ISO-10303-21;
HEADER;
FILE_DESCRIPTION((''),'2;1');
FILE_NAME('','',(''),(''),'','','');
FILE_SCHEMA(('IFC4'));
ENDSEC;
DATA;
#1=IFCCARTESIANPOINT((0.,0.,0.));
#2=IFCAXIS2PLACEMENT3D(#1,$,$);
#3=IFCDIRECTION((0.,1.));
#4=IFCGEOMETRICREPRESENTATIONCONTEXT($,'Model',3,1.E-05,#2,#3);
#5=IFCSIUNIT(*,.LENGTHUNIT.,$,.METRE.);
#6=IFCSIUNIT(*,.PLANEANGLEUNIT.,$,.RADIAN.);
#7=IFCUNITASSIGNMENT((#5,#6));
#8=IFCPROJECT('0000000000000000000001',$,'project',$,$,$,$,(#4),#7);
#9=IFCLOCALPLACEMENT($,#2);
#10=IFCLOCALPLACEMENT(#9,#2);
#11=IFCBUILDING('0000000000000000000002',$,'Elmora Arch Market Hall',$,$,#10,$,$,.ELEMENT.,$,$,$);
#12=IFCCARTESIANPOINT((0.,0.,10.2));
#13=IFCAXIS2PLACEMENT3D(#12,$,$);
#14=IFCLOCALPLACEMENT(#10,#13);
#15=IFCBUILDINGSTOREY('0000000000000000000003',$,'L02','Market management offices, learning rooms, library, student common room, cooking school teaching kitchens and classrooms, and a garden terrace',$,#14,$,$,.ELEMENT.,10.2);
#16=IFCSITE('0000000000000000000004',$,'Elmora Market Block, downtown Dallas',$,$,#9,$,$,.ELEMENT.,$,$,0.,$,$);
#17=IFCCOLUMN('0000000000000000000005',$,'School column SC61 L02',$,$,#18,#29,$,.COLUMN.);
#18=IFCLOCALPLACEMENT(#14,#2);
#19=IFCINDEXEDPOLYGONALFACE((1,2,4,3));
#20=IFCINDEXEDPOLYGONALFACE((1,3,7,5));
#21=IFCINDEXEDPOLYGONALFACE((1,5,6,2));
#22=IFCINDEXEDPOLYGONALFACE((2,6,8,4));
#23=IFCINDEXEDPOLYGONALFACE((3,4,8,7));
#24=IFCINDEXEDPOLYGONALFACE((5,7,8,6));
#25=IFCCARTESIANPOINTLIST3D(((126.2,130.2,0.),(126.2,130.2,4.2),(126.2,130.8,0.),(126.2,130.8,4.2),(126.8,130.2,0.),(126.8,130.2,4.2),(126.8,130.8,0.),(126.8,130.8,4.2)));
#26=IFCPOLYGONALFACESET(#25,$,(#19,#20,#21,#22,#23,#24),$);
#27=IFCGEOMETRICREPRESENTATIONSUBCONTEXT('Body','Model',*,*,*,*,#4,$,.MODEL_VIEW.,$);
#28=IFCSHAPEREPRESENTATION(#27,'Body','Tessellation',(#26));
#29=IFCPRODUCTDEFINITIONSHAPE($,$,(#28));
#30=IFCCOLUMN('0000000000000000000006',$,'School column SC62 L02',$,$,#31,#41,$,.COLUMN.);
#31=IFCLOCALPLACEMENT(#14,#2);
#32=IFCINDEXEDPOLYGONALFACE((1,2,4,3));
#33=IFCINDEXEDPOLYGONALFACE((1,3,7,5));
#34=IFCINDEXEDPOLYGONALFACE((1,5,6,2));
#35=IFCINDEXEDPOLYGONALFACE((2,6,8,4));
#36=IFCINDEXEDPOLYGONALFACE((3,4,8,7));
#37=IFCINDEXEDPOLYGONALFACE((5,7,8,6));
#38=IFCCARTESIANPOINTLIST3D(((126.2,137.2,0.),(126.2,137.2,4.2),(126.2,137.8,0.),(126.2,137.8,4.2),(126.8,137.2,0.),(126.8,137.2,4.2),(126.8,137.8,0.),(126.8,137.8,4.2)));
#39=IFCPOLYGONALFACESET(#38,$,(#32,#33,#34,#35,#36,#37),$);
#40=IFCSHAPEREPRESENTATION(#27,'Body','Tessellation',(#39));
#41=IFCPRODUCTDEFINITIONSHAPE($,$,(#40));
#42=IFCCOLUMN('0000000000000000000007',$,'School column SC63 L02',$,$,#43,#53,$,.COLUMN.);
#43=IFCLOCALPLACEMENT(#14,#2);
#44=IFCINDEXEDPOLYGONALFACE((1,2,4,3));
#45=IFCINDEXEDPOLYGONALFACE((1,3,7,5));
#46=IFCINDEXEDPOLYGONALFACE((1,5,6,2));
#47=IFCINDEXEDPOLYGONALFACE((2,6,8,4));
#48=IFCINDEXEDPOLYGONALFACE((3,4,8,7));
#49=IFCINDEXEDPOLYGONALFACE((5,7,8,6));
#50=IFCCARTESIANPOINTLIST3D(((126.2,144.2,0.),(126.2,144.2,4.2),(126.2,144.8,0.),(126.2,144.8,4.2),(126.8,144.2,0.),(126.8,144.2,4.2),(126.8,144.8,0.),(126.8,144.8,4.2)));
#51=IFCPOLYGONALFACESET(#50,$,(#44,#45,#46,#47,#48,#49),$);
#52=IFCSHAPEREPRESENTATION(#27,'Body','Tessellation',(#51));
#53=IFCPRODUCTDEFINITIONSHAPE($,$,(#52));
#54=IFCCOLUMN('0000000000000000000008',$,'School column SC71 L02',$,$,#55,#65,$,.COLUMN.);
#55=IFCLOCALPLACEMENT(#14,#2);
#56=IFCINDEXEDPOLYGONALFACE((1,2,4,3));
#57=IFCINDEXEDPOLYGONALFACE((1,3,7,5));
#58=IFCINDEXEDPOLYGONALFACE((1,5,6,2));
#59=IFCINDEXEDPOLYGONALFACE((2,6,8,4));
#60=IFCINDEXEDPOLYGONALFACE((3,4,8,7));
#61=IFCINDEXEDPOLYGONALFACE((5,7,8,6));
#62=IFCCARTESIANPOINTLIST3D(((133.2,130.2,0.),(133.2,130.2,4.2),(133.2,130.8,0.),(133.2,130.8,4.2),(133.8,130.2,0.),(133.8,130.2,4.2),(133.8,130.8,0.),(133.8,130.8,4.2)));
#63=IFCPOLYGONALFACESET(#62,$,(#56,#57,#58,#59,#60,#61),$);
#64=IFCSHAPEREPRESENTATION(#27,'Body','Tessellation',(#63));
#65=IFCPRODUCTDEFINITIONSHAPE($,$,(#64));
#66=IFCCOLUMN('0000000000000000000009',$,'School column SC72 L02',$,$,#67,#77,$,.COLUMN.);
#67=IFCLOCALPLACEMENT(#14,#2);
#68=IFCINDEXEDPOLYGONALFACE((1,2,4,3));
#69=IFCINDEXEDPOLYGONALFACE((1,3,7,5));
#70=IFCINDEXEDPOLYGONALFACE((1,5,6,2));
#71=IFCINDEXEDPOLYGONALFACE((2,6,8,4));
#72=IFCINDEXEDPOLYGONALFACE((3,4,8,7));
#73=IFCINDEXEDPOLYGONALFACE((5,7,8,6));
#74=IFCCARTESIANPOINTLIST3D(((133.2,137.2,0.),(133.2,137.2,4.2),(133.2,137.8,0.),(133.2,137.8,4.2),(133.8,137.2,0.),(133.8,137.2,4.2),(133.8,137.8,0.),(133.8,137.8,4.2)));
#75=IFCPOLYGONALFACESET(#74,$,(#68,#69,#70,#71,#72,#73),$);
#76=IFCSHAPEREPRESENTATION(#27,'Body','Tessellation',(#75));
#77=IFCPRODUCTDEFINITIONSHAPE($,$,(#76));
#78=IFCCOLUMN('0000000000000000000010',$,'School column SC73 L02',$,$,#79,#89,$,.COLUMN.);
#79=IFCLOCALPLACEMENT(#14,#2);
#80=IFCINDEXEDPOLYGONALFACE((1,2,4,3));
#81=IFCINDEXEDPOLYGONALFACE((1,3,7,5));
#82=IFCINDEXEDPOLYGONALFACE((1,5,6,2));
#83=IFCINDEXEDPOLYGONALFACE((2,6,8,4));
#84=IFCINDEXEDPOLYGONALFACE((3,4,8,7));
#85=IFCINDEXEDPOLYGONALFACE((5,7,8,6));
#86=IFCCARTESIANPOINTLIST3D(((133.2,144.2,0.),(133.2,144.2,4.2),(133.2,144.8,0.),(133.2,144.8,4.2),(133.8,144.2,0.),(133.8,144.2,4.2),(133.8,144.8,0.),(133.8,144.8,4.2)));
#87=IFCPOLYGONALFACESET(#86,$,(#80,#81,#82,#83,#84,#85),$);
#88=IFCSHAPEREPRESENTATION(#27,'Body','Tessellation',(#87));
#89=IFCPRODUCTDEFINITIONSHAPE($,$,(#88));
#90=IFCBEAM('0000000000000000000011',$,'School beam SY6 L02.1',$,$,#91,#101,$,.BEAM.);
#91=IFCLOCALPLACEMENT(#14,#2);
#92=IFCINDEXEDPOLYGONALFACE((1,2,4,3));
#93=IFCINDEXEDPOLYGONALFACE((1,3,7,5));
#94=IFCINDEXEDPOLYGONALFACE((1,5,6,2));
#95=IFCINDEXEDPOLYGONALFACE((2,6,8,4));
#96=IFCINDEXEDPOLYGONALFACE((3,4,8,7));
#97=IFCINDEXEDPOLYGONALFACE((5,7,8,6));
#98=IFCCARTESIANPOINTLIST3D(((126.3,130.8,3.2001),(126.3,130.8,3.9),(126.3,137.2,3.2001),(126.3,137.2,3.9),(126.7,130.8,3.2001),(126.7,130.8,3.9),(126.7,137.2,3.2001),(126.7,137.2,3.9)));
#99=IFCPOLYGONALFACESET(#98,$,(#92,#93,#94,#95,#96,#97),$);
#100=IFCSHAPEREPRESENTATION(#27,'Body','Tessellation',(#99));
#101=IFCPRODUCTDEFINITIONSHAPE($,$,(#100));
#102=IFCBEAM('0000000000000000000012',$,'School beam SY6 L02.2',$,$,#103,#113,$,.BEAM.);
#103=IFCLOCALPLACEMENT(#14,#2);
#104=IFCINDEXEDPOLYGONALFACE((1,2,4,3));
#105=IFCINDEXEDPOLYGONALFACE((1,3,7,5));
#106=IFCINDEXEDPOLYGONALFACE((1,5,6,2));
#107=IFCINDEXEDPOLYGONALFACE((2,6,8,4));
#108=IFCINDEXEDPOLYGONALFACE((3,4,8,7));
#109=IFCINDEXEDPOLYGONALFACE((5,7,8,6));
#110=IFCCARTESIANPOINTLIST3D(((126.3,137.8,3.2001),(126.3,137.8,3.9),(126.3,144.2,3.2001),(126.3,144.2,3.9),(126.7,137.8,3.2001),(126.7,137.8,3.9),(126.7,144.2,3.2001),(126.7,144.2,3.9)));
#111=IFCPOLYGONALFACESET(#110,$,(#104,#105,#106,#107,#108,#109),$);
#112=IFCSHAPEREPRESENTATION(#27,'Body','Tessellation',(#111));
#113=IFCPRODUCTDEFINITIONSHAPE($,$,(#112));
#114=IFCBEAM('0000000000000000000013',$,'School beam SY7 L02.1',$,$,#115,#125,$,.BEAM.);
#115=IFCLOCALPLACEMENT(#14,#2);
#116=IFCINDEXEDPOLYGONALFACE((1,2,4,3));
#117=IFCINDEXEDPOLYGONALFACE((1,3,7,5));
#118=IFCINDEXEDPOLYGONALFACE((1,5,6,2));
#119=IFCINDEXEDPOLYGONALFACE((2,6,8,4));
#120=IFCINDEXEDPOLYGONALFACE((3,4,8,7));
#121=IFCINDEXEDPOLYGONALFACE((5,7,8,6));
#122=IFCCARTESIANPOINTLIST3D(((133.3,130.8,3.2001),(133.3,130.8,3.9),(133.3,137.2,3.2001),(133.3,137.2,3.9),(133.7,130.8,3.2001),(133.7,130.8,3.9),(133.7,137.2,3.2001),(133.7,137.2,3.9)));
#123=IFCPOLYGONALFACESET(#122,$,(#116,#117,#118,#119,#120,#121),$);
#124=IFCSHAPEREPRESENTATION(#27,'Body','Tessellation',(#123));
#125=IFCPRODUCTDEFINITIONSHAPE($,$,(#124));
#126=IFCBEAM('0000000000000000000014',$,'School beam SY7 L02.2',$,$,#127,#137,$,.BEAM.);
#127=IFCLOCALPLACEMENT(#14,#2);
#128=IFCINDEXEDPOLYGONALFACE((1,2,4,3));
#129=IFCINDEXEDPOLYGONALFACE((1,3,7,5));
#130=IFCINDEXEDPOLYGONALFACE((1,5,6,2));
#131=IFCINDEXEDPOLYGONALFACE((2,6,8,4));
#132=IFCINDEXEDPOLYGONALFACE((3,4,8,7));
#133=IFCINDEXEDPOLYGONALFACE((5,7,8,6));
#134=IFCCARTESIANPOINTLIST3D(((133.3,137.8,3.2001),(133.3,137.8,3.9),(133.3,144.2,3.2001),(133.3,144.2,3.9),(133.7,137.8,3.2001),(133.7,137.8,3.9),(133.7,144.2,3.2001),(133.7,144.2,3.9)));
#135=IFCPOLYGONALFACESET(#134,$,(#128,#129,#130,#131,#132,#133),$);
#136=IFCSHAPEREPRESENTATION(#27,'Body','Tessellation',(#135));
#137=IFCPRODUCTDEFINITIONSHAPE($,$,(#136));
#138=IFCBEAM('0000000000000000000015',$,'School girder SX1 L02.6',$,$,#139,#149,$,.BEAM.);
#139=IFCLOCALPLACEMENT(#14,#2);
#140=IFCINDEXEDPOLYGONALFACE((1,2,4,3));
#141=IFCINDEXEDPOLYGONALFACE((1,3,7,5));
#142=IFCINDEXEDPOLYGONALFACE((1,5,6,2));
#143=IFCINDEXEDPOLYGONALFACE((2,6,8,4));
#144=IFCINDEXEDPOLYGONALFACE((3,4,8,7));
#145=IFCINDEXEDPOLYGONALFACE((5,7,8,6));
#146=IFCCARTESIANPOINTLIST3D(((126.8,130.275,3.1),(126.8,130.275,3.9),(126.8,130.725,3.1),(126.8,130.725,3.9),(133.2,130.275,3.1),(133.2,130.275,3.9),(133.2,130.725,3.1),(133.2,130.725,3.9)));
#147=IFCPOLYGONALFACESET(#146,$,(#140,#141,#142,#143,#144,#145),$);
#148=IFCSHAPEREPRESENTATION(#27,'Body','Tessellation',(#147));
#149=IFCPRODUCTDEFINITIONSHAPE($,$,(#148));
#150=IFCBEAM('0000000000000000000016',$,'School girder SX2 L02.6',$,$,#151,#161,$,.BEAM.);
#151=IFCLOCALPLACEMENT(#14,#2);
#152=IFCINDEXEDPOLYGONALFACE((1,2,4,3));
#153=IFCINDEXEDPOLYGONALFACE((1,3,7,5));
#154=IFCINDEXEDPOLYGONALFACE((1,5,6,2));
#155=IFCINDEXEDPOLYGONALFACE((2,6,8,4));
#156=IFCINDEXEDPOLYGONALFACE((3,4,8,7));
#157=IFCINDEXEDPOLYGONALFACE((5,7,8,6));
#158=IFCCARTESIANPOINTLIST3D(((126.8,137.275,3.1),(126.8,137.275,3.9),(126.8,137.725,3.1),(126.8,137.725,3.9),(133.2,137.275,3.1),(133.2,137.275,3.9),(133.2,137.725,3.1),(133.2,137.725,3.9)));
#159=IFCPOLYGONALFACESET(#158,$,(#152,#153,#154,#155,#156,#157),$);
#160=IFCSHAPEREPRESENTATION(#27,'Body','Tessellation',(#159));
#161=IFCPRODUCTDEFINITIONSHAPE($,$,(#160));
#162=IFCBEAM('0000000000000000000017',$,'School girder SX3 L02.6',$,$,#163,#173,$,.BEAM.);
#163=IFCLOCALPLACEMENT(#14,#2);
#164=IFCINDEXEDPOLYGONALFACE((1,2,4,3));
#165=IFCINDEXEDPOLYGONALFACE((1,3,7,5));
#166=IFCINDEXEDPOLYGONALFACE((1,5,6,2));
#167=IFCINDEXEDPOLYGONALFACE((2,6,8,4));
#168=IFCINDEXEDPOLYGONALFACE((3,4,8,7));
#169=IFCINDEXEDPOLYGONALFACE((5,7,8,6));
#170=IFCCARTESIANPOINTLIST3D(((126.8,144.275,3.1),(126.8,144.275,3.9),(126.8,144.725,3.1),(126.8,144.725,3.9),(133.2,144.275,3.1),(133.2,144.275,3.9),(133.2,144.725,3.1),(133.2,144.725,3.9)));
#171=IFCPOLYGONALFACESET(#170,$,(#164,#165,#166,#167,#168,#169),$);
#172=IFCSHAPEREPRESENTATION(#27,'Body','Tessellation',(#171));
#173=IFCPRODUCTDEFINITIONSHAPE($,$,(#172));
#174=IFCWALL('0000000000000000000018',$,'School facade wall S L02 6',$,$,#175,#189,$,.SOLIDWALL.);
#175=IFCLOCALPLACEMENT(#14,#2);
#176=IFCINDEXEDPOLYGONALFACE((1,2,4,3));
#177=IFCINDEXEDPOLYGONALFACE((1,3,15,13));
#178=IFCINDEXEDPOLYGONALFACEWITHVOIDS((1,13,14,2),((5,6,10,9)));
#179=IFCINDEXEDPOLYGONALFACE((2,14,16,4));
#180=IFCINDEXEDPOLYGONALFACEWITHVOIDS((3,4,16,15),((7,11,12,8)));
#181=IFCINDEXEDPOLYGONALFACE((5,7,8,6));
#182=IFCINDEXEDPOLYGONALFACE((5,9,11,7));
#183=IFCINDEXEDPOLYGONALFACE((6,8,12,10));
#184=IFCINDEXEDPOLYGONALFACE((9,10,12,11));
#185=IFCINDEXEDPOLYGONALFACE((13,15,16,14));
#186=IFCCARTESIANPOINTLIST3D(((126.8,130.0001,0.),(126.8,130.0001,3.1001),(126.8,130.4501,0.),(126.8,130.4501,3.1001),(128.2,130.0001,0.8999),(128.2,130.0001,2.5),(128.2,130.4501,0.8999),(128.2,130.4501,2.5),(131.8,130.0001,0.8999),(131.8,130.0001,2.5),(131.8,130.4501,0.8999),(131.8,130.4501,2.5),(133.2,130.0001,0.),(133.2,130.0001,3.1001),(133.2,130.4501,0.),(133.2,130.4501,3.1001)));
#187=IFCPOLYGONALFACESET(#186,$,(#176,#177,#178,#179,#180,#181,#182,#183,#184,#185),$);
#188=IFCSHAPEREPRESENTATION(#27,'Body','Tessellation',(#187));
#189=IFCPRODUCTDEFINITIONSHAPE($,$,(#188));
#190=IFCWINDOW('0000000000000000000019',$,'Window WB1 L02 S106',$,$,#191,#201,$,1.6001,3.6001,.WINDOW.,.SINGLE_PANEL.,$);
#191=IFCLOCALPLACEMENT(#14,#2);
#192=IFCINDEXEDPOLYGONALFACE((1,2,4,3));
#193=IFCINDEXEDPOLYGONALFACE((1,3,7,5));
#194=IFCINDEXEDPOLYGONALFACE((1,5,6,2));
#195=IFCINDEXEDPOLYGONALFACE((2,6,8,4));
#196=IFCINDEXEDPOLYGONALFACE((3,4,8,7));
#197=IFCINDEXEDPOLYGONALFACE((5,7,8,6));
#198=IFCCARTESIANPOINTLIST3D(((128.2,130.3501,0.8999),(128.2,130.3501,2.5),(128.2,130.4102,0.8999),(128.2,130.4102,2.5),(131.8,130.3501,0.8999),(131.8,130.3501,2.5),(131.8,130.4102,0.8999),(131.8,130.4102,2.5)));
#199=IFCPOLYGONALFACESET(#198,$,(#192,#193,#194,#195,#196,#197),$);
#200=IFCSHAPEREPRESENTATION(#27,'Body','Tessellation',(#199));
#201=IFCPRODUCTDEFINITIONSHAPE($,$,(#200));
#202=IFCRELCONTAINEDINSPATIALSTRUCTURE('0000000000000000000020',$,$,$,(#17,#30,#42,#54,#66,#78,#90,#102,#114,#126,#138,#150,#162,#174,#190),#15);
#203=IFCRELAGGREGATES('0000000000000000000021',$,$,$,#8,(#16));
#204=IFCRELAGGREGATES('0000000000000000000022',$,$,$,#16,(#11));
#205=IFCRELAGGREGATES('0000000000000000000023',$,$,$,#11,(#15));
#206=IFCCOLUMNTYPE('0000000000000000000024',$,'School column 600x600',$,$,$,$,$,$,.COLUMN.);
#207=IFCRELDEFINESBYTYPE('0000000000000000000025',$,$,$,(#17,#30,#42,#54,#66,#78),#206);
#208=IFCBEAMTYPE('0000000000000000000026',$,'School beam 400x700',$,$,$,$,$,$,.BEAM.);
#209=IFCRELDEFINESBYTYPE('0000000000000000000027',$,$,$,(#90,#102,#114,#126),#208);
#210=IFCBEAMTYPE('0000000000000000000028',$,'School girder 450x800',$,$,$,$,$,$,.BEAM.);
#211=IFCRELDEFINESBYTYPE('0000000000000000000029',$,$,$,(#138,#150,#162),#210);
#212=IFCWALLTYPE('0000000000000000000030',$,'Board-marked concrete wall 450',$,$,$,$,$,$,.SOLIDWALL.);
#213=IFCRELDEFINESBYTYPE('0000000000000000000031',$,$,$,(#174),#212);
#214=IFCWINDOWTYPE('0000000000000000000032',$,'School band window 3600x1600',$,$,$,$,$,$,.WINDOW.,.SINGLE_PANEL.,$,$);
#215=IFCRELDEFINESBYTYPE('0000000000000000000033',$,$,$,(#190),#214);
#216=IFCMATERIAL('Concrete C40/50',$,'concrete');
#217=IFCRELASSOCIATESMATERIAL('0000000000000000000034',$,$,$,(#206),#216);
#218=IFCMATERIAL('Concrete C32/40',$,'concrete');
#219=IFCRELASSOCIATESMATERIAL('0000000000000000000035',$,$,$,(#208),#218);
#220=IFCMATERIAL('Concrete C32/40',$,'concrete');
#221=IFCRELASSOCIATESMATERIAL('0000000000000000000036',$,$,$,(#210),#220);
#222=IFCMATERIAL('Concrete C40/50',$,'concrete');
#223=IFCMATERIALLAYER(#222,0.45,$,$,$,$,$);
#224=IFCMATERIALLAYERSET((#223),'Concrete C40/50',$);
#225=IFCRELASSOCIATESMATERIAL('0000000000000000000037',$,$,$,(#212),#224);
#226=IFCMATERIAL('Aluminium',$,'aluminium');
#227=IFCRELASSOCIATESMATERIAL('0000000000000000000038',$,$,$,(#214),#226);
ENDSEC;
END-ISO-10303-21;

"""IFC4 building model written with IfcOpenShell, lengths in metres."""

from ifc_helpers import new_model, si_unit, direction, frame, frame_2d, origin, origin_2d, place, context, subcontext, project, spatial, rectangle, extrude, material, layer, layer_set, material_profile, profile_set, type_object, element, fill, save


model = new_model("IFC4")

# Units and contexts
model_context = context("Model", 3, precision=1e-05, world=origin(), true_north=direction((0.0, 1.0)))
body_context = subcontext(model_context, "Body", "Model", "MODEL_VIEW")
ifc_project = project(units=[si_unit("LENGTHUNIT", "METRE"), si_unit("PLANEANGLEUNIT", "RADIAN")], contexts=[model_context])

# Site, building, storey
site_placement = place(None, origin())
site = spatial("IfcSite", under=ifc_project, at=site_placement, Name="Elmora Market Block, downtown Dallas", CompositionType="ELEMENT", RefElevation=0.0)
building_placement = place(site_placement, origin())
building = spatial("IfcBuilding", under=site, at=building_placement, Name="Elmora Arch Market Hall", CompositionType="ELEMENT")
storey_placement = place(building_placement, frame((0.0, 0.0, 10.2)))
storey = spatial("IfcBuildingStorey", under=building, at=storey_placement, Name="L02", Description="Market management offices, learning rooms, library, student common room, cooking school teaching kitchens and classrooms, and a garden terrace", CompositionType="ELEMENT", Elevation=10.2)

# Columns
ifc_material_1 = material(Name="Concrete C40/50", Category="concrete")
ifc_material_profile_1 = material_profile(ifc_material_1, rectangle(XDim=0.6001, YDim=0.6001, at=origin_2d()), Name="School column 600x600")
ifc_profile_set_1 = profile_set([ifc_material_profile_1], Name="Concrete C40/50")
column_type = type_object("IfcColumnType", Name="School column 600x600", PredefinedType="COLUMN", material=ifc_profile_set_1)
for number, where, z_axis, x_axis, name in (
    (1, (126.5, 130.5, 0.0), (0.0, 0.0, 1.0), (1.0, 0.0, 0.0), "School column SC61 L02"),
    (2, (126.5, 137.5, 0.0), (0.0, 0.0, 1.0), (1.0, 0.0, 0.0), "School column SC62 L02"),
    (3, (126.5, 144.5, 0.0), (0.0, 0.0, 1.0), (1.0, 0.0, 0.0), "School column SC63 L02"),
    (4, (133.5, 130.5, 0.0), (0.0, 0.0, 1.0), (1.0, 0.0, 0.0), "School column SC71 L02"),
    (5, (133.5, 137.5, 0.0), (0.0, 0.0, 1.0), (1.0, 0.0, 0.0), "School column SC72 L02"),
    (6, (133.5, 144.5, 0.0), (0.0, 0.0, 1.0), (1.0, 0.0, 0.0), "School column SC73 L02"),
):
    element("IfcColumn", number, at=place(storey_placement, frame(where, z_axis=z_axis, x_axis=x_axis)), inside=storey, type_object=column_type, Name=name, PredefinedType="COLUMN", context=body_context, shape_type="SweptSolid", body=[
        extrude(rectangle(XDim=0.6001, YDim=0.6001, at=origin_2d()), origin(), (0.0, 0.0, 1.0), 4.2),
    ])

# Beams
ifc_material_2 = material(Name="Concrete C32/40", Category="concrete")
ifc_material_profile_2 = material_profile(ifc_material_2, rectangle(XDim=0.3999, YDim=0.7, at=origin_2d()), Name="School beam 400x700")
ifc_profile_set_2 = profile_set([ifc_material_profile_2], Name="Concrete C32/40")
beam_type_1 = type_object("IfcBeamType", Name="School beam 400x700", PredefinedType="BEAM", material=ifc_profile_set_2)
for number, where, z_axis, x_axis, name in (
    (7, (126.5, 130.8, 3.55), (0.0, 1.0, 0.0), (-1.0, 0.0, 0.0), "School beam SY6 L02.1"),
    (8, (126.5, 137.8, 3.55), (0.0, 1.0, 0.0), (-1.0, 0.0, 0.0), "School beam SY6 L02.2"),
    (9, (133.5, 130.8, 3.55), (0.0, 1.0, 0.0), (-1.0, 0.0, 0.0), "School beam SY7 L02.1"),
    (10, (133.5, 137.8, 3.55), (0.0, 1.0, 0.0), (-1.0, 0.0, 0.0), "School beam SY7 L02.2"),
):
    element("IfcBeam", number, at=place(storey_placement, frame(where, z_axis=z_axis, x_axis=x_axis)), inside=storey, type_object=beam_type_1, Name=name, PredefinedType="BEAM", context=body_context, shape_type="SweptSolid", body=[
        extrude(rectangle(XDim=0.3999, YDim=0.7, at=origin_2d()), origin(), (0.0, 0.0, 1.0), 6.3999),
    ])
ifc_material_3 = material(Name="Concrete C32/40", Category="concrete")
ifc_material_profile_3 = material_profile(ifc_material_3, rectangle(XDim=0.45, YDim=0.8, at=origin_2d()), Name="School girder 450x800")
ifc_profile_set_3 = profile_set([ifc_material_profile_3], Name="Concrete C32/40")
beam_type_2 = type_object("IfcBeamType", Name="School girder 450x800", PredefinedType="BEAM", material=ifc_profile_set_3)
for number, where, z_axis, x_axis, name in (
    (11, (126.8, 130.5, 3.5), (1.0, 0.0, 0.0), (0.0, 1.0, 0.0), "School girder SX1 L02.6"),
    (12, (126.8, 137.5, 3.5), (1.0, 0.0, 0.0), (0.0, 1.0, 0.0), "School girder SX2 L02.6"),
    (13, (126.8, 144.5, 3.5), (1.0, 0.0, 0.0), (0.0, 1.0, 0.0), "School girder SX3 L02.6"),
):
    element("IfcBeam", number, at=place(storey_placement, frame(where, z_axis=z_axis, x_axis=x_axis)), inside=storey, type_object=beam_type_2, Name=name, PredefinedType="BEAM", context=body_context, shape_type="SweptSolid", body=[
        extrude(rectangle(XDim=0.45, YDim=0.8, at=origin_2d()), origin(), (0.0, 0.0, 1.0), 6.3999),
    ])

# Wall, opening, window
ifc_material_4 = material(Name="Concrete C40/50", Category="concrete")
ifc_layer_1 = layer(ifc_material_4, 0.45)
ifc_layer_set_1 = layer_set([ifc_layer_1], Name="Concrete C40/50")
wall_type_1 = type_object("IfcWallType", Name="Board-marked concrete wall 450", PredefinedType="SOLIDWALL", material=ifc_layer_set_1)
wall_1_placement = place(storey_placement, frame((133.2, 130.2251, 0.0), z_axis=(0.0, 0.0, 1.0), x_axis=(-1.0, 0.0, 0.0)))
wall_1 = element("IfcWall", 14, at=wall_1_placement, inside=storey, type_object=wall_type_1, Name="School facade wall S L02 6", PredefinedType="SOLIDWALL", context=body_context, shape_type="SweptSolid", body=[
    extrude(rectangle(XDim=6.3999, YDim=0.45, at=frame_2d((3.2, 0.0))), origin(), (0.0, 0.0, 1.0), 3.1001),
])
opening_1_placement = place(wall_1_placement, frame((1.3999, 0.0, 0.8999)))
opening_1 = element("IfcOpeningElement", 15, at=opening_1_placement, cuts=wall_1, PredefinedType="OPENING", context=body_context, shape_type="SweptSolid", body=[
    extrude(rectangle(XDim=3.6001, YDim=1.6001, at=frame_2d((1.8, 0.8))), frame((0.0, 0.2349, 0.0), z_axis=(0.0, -1.0, 0.0), x_axis=(1.0, 0.0, 0.0)), (0.0, 0.0, 1.0), 0.47),
])
ifc_material_5 = material(Name="Aluminium", Category="aluminium")
window_type_1 = type_object("IfcWindowType", Name="School band window 3600x1600", PartitioningType="SINGLE_PANEL", PredefinedType="WINDOW", material=ifc_material_5)
window_1_placement = place(opening_1_placement, origin())
window_1 = element("IfcWindow", 16, at=window_1_placement, inside=storey, type_object=window_type_1, Name="Window WB1 L02 S106", OverallHeight=1.6001, OverallWidth=3.6001, PartitioningType="SINGLE_PANEL", PredefinedType="WINDOW", context=body_context, shape_type="SweptSolid", body=[
    extrude(rectangle(XDim=3.6001, YDim=1.6001, at=frame_2d((1.8, 0.8))), frame((0.0, -0.125, 0.0), z_axis=(0.0, -1.0, 0.0), x_axis=(1.0, 0.0, 0.0)), (0.0, 0.0, 1.0), 0.0601),
])
fill(opening_1, window_1)

save(model, "model.ifc")
